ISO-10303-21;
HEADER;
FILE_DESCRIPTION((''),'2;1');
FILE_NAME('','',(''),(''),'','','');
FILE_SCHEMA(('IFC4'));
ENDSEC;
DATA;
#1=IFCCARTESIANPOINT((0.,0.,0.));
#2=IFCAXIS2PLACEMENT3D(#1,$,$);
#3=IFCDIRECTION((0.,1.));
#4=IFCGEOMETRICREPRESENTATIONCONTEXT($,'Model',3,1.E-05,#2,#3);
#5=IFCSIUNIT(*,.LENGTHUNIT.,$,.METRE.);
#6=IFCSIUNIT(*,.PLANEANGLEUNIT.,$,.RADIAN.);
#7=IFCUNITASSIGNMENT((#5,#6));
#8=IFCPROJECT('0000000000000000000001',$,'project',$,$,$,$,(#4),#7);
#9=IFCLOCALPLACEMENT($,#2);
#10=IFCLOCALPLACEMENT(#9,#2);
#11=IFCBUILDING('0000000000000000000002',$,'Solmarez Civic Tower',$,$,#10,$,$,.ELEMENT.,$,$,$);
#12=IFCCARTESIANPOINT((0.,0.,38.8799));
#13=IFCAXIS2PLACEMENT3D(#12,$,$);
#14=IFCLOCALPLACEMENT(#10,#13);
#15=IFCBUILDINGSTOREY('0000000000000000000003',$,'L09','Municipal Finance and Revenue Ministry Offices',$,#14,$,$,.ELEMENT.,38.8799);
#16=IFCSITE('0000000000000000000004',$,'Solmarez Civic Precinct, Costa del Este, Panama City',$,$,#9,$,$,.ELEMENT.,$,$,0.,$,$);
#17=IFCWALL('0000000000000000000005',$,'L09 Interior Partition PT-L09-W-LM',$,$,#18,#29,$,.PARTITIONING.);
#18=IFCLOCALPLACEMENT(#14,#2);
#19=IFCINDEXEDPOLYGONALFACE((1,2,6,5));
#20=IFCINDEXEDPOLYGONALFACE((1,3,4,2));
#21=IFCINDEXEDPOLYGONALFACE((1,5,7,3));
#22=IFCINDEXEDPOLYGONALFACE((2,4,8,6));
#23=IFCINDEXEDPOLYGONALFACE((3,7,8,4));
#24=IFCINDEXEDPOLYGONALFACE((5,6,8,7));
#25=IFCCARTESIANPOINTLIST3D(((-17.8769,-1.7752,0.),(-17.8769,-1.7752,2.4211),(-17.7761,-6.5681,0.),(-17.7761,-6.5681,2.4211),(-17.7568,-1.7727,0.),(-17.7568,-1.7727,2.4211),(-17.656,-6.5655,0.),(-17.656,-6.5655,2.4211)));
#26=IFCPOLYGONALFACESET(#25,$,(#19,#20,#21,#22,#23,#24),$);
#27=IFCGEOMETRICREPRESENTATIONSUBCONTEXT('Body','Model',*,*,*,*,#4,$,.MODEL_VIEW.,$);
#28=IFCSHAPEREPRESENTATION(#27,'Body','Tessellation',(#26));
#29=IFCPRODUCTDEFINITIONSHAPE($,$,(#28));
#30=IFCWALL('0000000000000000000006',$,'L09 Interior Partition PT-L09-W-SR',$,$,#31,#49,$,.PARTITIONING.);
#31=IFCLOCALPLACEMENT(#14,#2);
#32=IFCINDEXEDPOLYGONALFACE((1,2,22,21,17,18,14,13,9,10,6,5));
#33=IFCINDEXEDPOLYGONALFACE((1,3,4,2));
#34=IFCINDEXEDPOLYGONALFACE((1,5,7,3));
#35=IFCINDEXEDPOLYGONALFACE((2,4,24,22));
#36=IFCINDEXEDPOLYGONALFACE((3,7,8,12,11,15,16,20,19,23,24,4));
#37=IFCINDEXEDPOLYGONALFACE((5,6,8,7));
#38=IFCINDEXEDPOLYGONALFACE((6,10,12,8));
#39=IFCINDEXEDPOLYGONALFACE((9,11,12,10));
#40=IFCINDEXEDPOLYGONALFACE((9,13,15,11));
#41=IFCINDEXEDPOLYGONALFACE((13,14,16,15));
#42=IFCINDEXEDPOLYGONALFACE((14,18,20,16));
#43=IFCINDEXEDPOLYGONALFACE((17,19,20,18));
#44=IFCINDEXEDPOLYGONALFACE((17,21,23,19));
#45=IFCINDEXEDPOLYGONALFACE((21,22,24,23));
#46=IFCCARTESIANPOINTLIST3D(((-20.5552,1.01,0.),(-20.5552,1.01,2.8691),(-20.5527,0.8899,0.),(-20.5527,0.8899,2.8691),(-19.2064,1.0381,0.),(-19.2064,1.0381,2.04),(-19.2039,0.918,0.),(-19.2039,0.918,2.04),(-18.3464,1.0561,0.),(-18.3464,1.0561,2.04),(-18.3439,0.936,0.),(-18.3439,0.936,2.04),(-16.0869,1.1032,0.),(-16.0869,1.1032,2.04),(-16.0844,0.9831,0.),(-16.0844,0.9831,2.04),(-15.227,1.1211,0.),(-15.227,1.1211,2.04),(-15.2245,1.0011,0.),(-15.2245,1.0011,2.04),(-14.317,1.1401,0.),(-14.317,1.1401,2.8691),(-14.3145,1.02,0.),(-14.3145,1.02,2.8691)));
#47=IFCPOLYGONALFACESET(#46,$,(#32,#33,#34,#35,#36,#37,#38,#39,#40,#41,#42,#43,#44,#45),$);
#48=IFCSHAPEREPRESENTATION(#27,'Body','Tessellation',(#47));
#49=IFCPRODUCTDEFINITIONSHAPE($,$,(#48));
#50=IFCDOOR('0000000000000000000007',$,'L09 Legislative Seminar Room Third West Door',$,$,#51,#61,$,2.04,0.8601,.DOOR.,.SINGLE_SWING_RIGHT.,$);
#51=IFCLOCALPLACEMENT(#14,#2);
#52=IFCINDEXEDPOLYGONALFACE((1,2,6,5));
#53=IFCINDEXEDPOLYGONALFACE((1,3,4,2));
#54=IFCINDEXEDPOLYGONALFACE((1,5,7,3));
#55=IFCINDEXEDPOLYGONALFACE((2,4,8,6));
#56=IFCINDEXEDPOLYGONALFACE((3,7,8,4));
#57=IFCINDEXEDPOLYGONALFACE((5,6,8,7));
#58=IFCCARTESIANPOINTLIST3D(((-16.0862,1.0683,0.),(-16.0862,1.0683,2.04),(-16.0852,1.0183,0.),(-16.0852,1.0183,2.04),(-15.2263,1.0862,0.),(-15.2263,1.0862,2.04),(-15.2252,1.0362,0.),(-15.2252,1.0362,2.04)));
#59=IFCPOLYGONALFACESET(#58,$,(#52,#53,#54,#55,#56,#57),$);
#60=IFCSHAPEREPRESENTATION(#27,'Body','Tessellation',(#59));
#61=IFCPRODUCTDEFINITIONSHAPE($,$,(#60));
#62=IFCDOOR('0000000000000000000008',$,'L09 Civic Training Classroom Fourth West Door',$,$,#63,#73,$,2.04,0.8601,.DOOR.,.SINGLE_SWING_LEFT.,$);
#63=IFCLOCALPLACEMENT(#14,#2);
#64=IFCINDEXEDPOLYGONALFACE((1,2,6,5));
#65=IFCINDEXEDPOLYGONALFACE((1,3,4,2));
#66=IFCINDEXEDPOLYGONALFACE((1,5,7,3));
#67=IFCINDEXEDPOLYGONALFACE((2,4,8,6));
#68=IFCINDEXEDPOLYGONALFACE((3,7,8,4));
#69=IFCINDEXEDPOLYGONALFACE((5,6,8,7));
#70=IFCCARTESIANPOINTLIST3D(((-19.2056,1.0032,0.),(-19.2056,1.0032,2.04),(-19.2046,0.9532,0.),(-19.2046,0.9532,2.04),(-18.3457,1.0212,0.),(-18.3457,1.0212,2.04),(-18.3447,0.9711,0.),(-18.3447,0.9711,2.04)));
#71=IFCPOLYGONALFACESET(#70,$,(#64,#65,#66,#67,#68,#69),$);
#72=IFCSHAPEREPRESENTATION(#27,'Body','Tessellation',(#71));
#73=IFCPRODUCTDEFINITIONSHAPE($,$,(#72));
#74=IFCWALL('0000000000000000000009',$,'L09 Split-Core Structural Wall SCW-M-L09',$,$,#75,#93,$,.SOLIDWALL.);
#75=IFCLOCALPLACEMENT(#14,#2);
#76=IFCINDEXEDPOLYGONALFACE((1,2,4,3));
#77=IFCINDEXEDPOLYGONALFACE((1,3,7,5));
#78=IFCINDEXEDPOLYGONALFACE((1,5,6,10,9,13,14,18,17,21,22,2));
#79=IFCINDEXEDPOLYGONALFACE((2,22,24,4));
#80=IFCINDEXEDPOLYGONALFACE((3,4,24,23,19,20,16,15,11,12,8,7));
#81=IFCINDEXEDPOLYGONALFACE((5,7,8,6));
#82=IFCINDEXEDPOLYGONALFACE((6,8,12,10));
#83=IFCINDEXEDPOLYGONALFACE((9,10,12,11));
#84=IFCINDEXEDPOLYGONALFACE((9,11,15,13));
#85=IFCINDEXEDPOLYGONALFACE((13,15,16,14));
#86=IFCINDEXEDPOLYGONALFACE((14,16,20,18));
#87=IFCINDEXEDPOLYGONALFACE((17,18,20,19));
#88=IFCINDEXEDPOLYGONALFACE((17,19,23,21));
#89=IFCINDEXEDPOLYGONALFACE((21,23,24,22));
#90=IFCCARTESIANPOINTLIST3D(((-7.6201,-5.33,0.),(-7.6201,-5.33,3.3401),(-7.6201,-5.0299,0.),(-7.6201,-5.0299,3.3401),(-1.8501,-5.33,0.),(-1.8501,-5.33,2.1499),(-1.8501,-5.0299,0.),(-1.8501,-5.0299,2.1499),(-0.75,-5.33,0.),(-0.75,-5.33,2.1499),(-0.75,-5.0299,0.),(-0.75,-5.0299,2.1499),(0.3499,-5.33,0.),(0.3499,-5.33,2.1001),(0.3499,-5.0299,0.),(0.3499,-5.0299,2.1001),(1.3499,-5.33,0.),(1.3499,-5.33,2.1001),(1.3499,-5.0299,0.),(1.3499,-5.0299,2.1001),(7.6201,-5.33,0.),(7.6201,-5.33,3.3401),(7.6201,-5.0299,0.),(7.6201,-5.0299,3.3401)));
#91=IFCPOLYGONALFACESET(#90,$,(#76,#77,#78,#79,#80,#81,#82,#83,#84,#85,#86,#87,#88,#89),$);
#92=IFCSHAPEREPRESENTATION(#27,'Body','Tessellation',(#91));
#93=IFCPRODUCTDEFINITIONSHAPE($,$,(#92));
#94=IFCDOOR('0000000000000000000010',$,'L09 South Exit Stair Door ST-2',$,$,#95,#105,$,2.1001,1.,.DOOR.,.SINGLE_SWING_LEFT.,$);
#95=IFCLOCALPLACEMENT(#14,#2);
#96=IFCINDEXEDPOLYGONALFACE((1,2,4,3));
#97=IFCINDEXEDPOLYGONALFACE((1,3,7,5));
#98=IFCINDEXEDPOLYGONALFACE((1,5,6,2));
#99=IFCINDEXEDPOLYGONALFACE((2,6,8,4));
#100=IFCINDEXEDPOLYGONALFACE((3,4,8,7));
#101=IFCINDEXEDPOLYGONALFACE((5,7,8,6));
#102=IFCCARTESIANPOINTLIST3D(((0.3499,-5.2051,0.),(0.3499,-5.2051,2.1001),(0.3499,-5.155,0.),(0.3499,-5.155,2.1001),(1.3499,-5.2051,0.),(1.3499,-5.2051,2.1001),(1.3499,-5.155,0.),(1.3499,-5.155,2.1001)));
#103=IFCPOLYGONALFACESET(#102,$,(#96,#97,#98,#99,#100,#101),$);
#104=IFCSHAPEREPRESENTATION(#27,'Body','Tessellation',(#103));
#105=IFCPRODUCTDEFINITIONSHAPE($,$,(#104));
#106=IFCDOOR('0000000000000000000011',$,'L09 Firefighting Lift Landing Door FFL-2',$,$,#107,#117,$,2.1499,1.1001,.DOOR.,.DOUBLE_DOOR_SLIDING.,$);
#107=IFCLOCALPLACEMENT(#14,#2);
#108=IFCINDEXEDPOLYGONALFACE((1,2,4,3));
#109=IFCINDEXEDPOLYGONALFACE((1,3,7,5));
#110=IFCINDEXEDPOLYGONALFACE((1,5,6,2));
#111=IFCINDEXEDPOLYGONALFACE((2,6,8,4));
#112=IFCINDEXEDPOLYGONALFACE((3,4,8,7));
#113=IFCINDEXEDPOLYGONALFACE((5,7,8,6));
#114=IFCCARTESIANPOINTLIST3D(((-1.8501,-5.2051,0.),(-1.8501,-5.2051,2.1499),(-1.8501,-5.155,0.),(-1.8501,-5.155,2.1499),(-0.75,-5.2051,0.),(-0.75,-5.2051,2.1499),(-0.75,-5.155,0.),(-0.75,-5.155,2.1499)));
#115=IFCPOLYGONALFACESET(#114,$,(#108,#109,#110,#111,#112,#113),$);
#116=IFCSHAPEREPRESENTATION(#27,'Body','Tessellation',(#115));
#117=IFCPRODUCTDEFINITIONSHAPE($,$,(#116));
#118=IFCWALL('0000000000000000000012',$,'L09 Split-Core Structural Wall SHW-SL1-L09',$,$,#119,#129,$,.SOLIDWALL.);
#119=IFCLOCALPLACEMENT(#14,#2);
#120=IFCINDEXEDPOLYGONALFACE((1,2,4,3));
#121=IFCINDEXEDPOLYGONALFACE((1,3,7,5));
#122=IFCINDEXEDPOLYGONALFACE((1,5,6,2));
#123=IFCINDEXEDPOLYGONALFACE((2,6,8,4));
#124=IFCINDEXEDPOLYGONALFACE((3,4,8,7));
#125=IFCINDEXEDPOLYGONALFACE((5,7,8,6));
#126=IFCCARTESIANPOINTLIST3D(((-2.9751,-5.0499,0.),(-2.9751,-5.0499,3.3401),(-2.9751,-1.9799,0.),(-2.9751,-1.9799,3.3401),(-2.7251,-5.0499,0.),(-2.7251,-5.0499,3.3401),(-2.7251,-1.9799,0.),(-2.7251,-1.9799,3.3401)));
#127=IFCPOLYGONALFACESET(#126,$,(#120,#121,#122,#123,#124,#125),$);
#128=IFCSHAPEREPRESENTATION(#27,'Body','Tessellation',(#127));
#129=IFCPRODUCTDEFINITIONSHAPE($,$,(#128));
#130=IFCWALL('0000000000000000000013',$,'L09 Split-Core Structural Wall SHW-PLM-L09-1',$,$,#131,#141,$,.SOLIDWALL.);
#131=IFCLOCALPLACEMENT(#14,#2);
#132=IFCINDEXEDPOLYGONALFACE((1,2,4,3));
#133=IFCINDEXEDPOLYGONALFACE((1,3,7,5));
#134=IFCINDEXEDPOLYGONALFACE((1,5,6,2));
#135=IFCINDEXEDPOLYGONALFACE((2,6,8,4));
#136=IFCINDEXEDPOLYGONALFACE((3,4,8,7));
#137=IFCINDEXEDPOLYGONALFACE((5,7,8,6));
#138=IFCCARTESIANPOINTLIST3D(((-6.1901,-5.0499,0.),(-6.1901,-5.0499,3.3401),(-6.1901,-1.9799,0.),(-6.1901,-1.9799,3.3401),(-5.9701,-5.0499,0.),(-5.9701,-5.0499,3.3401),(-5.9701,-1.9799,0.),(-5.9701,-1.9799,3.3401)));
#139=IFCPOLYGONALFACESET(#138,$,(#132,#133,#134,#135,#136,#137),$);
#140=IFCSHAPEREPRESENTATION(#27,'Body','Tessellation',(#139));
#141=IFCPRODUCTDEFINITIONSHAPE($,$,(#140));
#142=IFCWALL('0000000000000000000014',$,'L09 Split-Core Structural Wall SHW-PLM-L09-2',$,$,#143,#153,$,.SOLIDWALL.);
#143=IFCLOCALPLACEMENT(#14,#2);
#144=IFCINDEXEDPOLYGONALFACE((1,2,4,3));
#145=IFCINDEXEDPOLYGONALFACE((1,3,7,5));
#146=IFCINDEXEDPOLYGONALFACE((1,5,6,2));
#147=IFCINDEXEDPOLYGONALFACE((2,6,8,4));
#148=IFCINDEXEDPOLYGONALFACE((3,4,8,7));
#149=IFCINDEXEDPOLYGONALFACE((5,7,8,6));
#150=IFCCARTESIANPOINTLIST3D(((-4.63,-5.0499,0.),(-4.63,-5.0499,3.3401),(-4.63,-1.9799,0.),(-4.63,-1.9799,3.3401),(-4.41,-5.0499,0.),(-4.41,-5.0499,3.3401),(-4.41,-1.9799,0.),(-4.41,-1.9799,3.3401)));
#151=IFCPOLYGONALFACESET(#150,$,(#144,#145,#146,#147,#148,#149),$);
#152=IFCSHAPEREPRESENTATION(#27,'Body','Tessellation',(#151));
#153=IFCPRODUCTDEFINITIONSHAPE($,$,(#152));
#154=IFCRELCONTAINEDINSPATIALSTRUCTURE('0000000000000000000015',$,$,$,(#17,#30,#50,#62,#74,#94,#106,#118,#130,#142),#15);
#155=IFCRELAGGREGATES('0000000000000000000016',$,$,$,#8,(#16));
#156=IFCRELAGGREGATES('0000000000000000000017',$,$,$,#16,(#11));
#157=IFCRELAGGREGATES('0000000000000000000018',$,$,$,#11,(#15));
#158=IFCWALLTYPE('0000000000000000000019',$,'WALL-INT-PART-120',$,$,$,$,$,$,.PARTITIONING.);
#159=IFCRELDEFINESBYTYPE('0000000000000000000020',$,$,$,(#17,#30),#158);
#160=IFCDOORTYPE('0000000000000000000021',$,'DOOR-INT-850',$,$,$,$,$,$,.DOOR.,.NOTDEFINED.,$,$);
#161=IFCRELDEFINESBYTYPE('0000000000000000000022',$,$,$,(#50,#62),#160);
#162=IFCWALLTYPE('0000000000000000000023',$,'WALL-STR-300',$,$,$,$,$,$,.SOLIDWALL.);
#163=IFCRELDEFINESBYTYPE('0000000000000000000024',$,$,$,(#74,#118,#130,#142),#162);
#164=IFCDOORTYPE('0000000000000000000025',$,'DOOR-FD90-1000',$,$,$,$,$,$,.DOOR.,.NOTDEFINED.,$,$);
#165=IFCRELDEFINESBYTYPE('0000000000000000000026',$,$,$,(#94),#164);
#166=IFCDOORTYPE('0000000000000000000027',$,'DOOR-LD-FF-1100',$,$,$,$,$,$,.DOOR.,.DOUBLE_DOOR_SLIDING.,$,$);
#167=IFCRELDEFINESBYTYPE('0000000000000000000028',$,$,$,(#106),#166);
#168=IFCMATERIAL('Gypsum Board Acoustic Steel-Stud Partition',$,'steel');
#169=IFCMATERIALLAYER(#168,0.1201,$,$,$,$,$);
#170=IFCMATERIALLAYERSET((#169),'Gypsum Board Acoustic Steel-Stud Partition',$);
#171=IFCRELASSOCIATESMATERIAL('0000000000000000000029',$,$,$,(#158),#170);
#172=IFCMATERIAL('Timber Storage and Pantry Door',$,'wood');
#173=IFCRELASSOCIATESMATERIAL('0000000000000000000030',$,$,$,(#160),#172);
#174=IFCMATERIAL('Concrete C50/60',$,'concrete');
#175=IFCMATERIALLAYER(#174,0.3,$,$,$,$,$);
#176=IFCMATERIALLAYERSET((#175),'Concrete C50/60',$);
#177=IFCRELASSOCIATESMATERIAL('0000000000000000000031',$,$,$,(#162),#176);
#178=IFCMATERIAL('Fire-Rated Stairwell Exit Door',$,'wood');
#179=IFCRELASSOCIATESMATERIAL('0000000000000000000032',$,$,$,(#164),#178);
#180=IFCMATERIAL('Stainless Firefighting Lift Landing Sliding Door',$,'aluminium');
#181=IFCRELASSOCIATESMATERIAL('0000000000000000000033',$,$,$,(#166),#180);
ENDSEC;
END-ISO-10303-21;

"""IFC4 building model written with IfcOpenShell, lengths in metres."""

from ifc_helpers import new_model, si_unit, direction, frame, frame_2d, origin, place, context, subcontext, project, spatial, rectangle, extrude, material, layer, layer_set, type_object, element, fill, save


model = new_model("IFC4")

# Units and contexts
model_context = context("Model", 3, precision=1e-05, world=origin(), true_north=direction((0.0, 1.0)))
body_context = subcontext(model_context, "Body", "Model", "MODEL_VIEW")
ifc_project = project(units=[si_unit("LENGTHUNIT", "METRE"), si_unit("PLANEANGLEUNIT", "RADIAN")], contexts=[model_context])

# Site, building, storey
site_placement = place(None, origin())
site = spatial("IfcSite", under=ifc_project, at=site_placement, Name="Solmarez Civic Precinct, Costa del Este, Panama City", CompositionType="ELEMENT", RefElevation=0.0)
building_placement = place(site_placement, origin())
building = spatial("IfcBuilding", under=site, at=building_placement, Name="Solmarez Civic Tower", CompositionType="ELEMENT")
storey_placement = place(building_placement, frame((0.0, 0.0, 38.8799)))
storey = spatial("IfcBuildingStorey", under=building, at=storey_placement, Name="L09", Description="Municipal Finance and Revenue Ministry Offices", CompositionType="ELEMENT", Elevation=38.8799)

# Wall
ifc_material_1 = material(Name="Gypsum Board Acoustic Steel-Stud Partition", Category="steel")
ifc_layer_1 = layer(ifc_material_1, 0.1201)
ifc_layer_set_1 = layer_set([ifc_layer_1], Name="Gypsum Board Acoustic Steel-Stud Partition")
wall_type_1 = type_object("IfcWallType", Name="WALL-INT-PART-120", PredefinedType="PARTITIONING", material=ifc_layer_set_1)
wall_1_placement = place(storey_placement, frame((-17.8169, -1.7739, 0.0), z_axis=(0.0, 0.0, 1.0), x_axis=(0.021032, -0.999779, 0.0)))
element("IfcWall", 1, at=wall_1_placement, inside=storey, type_object=wall_type_1, Name="L09 Interior Partition PT-L09-W-LM", PredefinedType="PARTITIONING", context=body_context, shape_type="SweptSolid", body=[
    extrude(rectangle(XDim=4.7939, YDim=0.1201, at=frame_2d((2.397, 0.0))), origin(), (0.0, 0.0, 1.0), 2.4211),
])

# Walls, openings, doors
wall_2_placement = place(storey_placement, frame((-14.3159, 1.0801, 0.0), z_axis=(0.0, 0.0, 1.0), x_axis=(-0.999782, -0.020856, 0.0)))
wall_2 = element("IfcWall", 2, at=wall_2_placement, inside=storey, type_object=wall_type_1, Name="L09 Interior Partition PT-L09-W-SR", PredefinedType="PARTITIONING", context=body_context, shape_type="SweptSolid", body=[
    extrude(rectangle(XDim=6.2395, YDim=0.1201, at=frame_2d((3.1196, 0.0))), origin(), (0.0, 0.0, 1.0), 2.8691),
])
opening_1_placement = place(wall_2_placement, frame((0.9099, 0.0, 0.0)))
opening_1 = element("IfcOpeningElement", 3, at=opening_1_placement, cuts=wall_2, PredefinedType="OPENING", context=body_context, shape_type="SweptSolid", body=[
    extrude(rectangle(XDim=0.8601, YDim=2.04, at=frame_2d((0.4302, 1.02))), frame((0.0, 0.0701, 0.0), z_axis=(0.0, -1.0, 0.0), x_axis=(1.0, 0.0, 0.0)), (0.0, 0.0, 1.0), 0.1401),
])
opening_2_placement = place(wall_2_placement, frame((4.03, 0.0, 0.0)))
opening_2 = element("IfcOpeningElement", 4, at=opening_2_placement, cuts=wall_2, PredefinedType="OPENING", context=body_context, shape_type="SweptSolid", body=[
    extrude(rectangle(XDim=0.8601, YDim=2.04, at=frame_2d((0.4302, 1.02))), frame((0.0, 0.0701, 0.0), z_axis=(0.0, -1.0, 0.0), x_axis=(1.0, 0.0, 0.0)), (0.0, 0.0, 1.0), 0.1401),
])
ifc_material_2 = material(Name="Timber Storage and Pantry Door", Category="wood")
door_type_1 = type_object("IfcDoorType", Name="DOOR-INT-850", OperationType="NOTDEFINED", PredefinedType="DOOR", material=ifc_material_2)
door_1_placement = place(opening_1_placement, origin())
door_1 = element("IfcDoor", 5, at=door_1_placement, inside=storey, type_object=door_type_1, Name="L09 Legislative Seminar Room Third West Door", OperationType="SINGLE_SWING_RIGHT", OverallHeight=2.04, OverallWidth=0.8601, PredefinedType="DOOR", context=body_context, shape_type="SweptSolid", body=[
    extrude(rectangle(XDim=0.8601, YDim=2.04, at=frame_2d((0.4302, 1.02))), frame((0.0, 0.0249, 0.0), z_axis=(0.0, -1.0, 0.0), x_axis=(1.0, 0.0, 0.0)), (0.0, 0.0, 1.0), 0.05),
])
fill(opening_1, door_1)
door_2_placement = place(opening_2_placement, origin())
door_2 = element("IfcDoor", 6, at=door_2_placement, inside=storey, type_object=door_type_1, Name="L09 Civic Training Classroom Fourth West Door", OperationType="SINGLE_SWING_LEFT", OverallHeight=2.04, OverallWidth=0.8601, PredefinedType="DOOR", context=body_context, shape_type="SweptSolid", body=[
    extrude(rectangle(XDim=0.8601, YDim=2.04, at=frame_2d((0.4302, 1.02))), frame((0.0, 0.0249, 0.0), z_axis=(0.0, -1.0, 0.0), x_axis=(1.0, 0.0, 0.0)), (0.0, 0.0, 1.0), 0.05),
])
fill(opening_2, door_2)
ifc_material_3 = material(Name="Concrete C50/60", Category="concrete")
ifc_layer_2 = layer(ifc_material_3, 0.3)
ifc_layer_set_2 = layer_set([ifc_layer_2], Name="Concrete C50/60")
wall_type_2 = type_object("IfcWallType", Name="WALL-STR-300", PredefinedType="SOLIDWALL", material=ifc_layer_set_2)
wall_3_placement = place(storey_placement, frame((-7.6201, -5.1799, 0.0), z_axis=(0.0, 0.0, 1.0), x_axis=(1.0, 0.0, 0.0)))
wall_3 = element("IfcWall", 7, at=wall_3_placement, inside=storey, type_object=wall_type_2, Name="L09 Split-Core Structural Wall SCW-M-L09", PredefinedType="SOLIDWALL", context=body_context, shape_type="SweptSolid", body=[
    extrude(rectangle(XDim=15.2402, YDim=0.3, at=frame_2d((7.6201, 0.0))), origin(), (0.0, 0.0, 1.0), 3.3401),
])
opening_3_placement = place(wall_3_placement, frame((5.77, 0.0, 0.0)))
opening_3 = element("IfcOpeningElement", 8, at=opening_3_placement, cuts=wall_3, PredefinedType="OPENING", context=body_context, shape_type="SweptSolid", body=[
    extrude(rectangle(XDim=1.1001, YDim=2.1499, at=frame_2d((0.55, 1.075))), frame((0.0, 0.1599, 0.0), z_axis=(0.0, -1.0, 0.0), x_axis=(1.0, 0.0, 0.0)), (0.0, 0.0, 1.0), 0.3201),
])
opening_4_placement = place(wall_3_placement, frame((7.97, 0.0, 0.0)))
opening_4 = element("IfcOpeningElement", 9, at=opening_4_placement, cuts=wall_3, PredefinedType="OPENING", context=body_context, shape_type="SweptSolid", body=[
    extrude(rectangle(XDim=1.0, YDim=2.1001, at=frame_2d((0.5, 1.05))), frame((0.0, 0.1599, 0.0), z_axis=(0.0, -1.0, 0.0), x_axis=(1.0, 0.0, 0.0)), (0.0, 0.0, 1.0), 0.3201),
])
ifc_material_4 = material(Name="Fire-Rated Stairwell Exit Door", Category="wood")
door_type_2 = type_object("IfcDoorType", Name="DOOR-FD90-1000", OperationType="NOTDEFINED", PredefinedType="DOOR", material=ifc_material_4)
door_3_placement = place(opening_4_placement, origin())
door_3 = element("IfcDoor", 10, at=door_3_placement, inside=storey, type_object=door_type_2, Name="L09 South Exit Stair Door ST-2", OperationType="SINGLE_SWING_LEFT", OverallHeight=2.1001, OverallWidth=1.0, PredefinedType="DOOR", context=body_context, shape_type="SweptSolid", body=[
    extrude(rectangle(XDim=1.0, YDim=2.1001, at=frame_2d((0.5, 1.05))), frame((0.0, 0.0249, 0.0), z_axis=(0.0, -1.0, 0.0), x_axis=(1.0, 0.0, 0.0)), (0.0, 0.0, 1.0), 0.05),
])
fill(opening_4, door_3)
ifc_material_5 = material(Name="Stainless Firefighting Lift Landing Sliding Door", Category="aluminium")
door_type_3 = type_object("IfcDoorType", Name="DOOR-LD-FF-1100", OperationType="DOUBLE_DOOR_SLIDING", PredefinedType="DOOR", material=ifc_material_5)
door_4_placement = place(opening_3_placement, origin())
door_4 = element("IfcDoor", 11, at=door_4_placement, inside=storey, type_object=door_type_3, Name="L09 Firefighting Lift Landing Door FFL-2", OperationType="DOUBLE_DOOR_SLIDING", OverallHeight=2.1499, OverallWidth=1.1001, PredefinedType="DOOR", context=body_context, shape_type="SweptSolid", body=[
    extrude(rectangle(XDim=1.1001, YDim=2.1499, at=frame_2d((0.55, 1.075))), frame((0.0, 0.0249, 0.0), z_axis=(0.0, -1.0, 0.0), x_axis=(1.0, 0.0, 0.0)), (0.0, 0.0, 1.0), 0.05),
])
fill(opening_3, door_4)

# Walls
wall_4_placement = place(storey_placement, frame((-2.8501, -5.05, 0.0), z_axis=(0.0, 0.0, 1.0), x_axis=(0.0, 1.0, 0.0)))
element("IfcWall", 12, at=wall_4_placement, inside=storey, type_object=wall_type_2, Name="L09 Split-Core Structural Wall SHW-SL1-L09", PredefinedType="SOLIDWALL", context=body_context, shape_type="SweptSolid", body=[
    extrude(rectangle(XDim=3.0701, YDim=0.25, at=frame_2d((1.5352, 0.0))), origin(), (0.0, 0.0, 1.0), 3.3401),
])
for number, where, z_axis, x_axis, name in (
    (13, (-6.0801, -5.05, 0.0), (0.0, 0.0, 1.0), (0.0, 1.0, 0.0), "L09 Split-Core Structural Wall SHW-PLM-L09-1"),
    (14, (-4.52, -5.05, 0.0), (0.0, 0.0, 1.0), (0.0, 1.0, 0.0), "L09 Split-Core Structural Wall SHW-PLM-L09-2"),
):
    element("IfcWall", number, at=place(storey_placement, frame(where, z_axis=z_axis, x_axis=x_axis)), inside=storey, type_object=wall_type_2, Name=name, PredefinedType="SOLIDWALL", context=body_context, shape_type="SweptSolid", body=[
        extrude(rectangle(XDim=3.0701, YDim=0.22, at=frame_2d((1.5352, 0.0))), origin(), (0.0, 0.0, 1.0), 3.3401),
    ])

save(model, "model.ifc")
